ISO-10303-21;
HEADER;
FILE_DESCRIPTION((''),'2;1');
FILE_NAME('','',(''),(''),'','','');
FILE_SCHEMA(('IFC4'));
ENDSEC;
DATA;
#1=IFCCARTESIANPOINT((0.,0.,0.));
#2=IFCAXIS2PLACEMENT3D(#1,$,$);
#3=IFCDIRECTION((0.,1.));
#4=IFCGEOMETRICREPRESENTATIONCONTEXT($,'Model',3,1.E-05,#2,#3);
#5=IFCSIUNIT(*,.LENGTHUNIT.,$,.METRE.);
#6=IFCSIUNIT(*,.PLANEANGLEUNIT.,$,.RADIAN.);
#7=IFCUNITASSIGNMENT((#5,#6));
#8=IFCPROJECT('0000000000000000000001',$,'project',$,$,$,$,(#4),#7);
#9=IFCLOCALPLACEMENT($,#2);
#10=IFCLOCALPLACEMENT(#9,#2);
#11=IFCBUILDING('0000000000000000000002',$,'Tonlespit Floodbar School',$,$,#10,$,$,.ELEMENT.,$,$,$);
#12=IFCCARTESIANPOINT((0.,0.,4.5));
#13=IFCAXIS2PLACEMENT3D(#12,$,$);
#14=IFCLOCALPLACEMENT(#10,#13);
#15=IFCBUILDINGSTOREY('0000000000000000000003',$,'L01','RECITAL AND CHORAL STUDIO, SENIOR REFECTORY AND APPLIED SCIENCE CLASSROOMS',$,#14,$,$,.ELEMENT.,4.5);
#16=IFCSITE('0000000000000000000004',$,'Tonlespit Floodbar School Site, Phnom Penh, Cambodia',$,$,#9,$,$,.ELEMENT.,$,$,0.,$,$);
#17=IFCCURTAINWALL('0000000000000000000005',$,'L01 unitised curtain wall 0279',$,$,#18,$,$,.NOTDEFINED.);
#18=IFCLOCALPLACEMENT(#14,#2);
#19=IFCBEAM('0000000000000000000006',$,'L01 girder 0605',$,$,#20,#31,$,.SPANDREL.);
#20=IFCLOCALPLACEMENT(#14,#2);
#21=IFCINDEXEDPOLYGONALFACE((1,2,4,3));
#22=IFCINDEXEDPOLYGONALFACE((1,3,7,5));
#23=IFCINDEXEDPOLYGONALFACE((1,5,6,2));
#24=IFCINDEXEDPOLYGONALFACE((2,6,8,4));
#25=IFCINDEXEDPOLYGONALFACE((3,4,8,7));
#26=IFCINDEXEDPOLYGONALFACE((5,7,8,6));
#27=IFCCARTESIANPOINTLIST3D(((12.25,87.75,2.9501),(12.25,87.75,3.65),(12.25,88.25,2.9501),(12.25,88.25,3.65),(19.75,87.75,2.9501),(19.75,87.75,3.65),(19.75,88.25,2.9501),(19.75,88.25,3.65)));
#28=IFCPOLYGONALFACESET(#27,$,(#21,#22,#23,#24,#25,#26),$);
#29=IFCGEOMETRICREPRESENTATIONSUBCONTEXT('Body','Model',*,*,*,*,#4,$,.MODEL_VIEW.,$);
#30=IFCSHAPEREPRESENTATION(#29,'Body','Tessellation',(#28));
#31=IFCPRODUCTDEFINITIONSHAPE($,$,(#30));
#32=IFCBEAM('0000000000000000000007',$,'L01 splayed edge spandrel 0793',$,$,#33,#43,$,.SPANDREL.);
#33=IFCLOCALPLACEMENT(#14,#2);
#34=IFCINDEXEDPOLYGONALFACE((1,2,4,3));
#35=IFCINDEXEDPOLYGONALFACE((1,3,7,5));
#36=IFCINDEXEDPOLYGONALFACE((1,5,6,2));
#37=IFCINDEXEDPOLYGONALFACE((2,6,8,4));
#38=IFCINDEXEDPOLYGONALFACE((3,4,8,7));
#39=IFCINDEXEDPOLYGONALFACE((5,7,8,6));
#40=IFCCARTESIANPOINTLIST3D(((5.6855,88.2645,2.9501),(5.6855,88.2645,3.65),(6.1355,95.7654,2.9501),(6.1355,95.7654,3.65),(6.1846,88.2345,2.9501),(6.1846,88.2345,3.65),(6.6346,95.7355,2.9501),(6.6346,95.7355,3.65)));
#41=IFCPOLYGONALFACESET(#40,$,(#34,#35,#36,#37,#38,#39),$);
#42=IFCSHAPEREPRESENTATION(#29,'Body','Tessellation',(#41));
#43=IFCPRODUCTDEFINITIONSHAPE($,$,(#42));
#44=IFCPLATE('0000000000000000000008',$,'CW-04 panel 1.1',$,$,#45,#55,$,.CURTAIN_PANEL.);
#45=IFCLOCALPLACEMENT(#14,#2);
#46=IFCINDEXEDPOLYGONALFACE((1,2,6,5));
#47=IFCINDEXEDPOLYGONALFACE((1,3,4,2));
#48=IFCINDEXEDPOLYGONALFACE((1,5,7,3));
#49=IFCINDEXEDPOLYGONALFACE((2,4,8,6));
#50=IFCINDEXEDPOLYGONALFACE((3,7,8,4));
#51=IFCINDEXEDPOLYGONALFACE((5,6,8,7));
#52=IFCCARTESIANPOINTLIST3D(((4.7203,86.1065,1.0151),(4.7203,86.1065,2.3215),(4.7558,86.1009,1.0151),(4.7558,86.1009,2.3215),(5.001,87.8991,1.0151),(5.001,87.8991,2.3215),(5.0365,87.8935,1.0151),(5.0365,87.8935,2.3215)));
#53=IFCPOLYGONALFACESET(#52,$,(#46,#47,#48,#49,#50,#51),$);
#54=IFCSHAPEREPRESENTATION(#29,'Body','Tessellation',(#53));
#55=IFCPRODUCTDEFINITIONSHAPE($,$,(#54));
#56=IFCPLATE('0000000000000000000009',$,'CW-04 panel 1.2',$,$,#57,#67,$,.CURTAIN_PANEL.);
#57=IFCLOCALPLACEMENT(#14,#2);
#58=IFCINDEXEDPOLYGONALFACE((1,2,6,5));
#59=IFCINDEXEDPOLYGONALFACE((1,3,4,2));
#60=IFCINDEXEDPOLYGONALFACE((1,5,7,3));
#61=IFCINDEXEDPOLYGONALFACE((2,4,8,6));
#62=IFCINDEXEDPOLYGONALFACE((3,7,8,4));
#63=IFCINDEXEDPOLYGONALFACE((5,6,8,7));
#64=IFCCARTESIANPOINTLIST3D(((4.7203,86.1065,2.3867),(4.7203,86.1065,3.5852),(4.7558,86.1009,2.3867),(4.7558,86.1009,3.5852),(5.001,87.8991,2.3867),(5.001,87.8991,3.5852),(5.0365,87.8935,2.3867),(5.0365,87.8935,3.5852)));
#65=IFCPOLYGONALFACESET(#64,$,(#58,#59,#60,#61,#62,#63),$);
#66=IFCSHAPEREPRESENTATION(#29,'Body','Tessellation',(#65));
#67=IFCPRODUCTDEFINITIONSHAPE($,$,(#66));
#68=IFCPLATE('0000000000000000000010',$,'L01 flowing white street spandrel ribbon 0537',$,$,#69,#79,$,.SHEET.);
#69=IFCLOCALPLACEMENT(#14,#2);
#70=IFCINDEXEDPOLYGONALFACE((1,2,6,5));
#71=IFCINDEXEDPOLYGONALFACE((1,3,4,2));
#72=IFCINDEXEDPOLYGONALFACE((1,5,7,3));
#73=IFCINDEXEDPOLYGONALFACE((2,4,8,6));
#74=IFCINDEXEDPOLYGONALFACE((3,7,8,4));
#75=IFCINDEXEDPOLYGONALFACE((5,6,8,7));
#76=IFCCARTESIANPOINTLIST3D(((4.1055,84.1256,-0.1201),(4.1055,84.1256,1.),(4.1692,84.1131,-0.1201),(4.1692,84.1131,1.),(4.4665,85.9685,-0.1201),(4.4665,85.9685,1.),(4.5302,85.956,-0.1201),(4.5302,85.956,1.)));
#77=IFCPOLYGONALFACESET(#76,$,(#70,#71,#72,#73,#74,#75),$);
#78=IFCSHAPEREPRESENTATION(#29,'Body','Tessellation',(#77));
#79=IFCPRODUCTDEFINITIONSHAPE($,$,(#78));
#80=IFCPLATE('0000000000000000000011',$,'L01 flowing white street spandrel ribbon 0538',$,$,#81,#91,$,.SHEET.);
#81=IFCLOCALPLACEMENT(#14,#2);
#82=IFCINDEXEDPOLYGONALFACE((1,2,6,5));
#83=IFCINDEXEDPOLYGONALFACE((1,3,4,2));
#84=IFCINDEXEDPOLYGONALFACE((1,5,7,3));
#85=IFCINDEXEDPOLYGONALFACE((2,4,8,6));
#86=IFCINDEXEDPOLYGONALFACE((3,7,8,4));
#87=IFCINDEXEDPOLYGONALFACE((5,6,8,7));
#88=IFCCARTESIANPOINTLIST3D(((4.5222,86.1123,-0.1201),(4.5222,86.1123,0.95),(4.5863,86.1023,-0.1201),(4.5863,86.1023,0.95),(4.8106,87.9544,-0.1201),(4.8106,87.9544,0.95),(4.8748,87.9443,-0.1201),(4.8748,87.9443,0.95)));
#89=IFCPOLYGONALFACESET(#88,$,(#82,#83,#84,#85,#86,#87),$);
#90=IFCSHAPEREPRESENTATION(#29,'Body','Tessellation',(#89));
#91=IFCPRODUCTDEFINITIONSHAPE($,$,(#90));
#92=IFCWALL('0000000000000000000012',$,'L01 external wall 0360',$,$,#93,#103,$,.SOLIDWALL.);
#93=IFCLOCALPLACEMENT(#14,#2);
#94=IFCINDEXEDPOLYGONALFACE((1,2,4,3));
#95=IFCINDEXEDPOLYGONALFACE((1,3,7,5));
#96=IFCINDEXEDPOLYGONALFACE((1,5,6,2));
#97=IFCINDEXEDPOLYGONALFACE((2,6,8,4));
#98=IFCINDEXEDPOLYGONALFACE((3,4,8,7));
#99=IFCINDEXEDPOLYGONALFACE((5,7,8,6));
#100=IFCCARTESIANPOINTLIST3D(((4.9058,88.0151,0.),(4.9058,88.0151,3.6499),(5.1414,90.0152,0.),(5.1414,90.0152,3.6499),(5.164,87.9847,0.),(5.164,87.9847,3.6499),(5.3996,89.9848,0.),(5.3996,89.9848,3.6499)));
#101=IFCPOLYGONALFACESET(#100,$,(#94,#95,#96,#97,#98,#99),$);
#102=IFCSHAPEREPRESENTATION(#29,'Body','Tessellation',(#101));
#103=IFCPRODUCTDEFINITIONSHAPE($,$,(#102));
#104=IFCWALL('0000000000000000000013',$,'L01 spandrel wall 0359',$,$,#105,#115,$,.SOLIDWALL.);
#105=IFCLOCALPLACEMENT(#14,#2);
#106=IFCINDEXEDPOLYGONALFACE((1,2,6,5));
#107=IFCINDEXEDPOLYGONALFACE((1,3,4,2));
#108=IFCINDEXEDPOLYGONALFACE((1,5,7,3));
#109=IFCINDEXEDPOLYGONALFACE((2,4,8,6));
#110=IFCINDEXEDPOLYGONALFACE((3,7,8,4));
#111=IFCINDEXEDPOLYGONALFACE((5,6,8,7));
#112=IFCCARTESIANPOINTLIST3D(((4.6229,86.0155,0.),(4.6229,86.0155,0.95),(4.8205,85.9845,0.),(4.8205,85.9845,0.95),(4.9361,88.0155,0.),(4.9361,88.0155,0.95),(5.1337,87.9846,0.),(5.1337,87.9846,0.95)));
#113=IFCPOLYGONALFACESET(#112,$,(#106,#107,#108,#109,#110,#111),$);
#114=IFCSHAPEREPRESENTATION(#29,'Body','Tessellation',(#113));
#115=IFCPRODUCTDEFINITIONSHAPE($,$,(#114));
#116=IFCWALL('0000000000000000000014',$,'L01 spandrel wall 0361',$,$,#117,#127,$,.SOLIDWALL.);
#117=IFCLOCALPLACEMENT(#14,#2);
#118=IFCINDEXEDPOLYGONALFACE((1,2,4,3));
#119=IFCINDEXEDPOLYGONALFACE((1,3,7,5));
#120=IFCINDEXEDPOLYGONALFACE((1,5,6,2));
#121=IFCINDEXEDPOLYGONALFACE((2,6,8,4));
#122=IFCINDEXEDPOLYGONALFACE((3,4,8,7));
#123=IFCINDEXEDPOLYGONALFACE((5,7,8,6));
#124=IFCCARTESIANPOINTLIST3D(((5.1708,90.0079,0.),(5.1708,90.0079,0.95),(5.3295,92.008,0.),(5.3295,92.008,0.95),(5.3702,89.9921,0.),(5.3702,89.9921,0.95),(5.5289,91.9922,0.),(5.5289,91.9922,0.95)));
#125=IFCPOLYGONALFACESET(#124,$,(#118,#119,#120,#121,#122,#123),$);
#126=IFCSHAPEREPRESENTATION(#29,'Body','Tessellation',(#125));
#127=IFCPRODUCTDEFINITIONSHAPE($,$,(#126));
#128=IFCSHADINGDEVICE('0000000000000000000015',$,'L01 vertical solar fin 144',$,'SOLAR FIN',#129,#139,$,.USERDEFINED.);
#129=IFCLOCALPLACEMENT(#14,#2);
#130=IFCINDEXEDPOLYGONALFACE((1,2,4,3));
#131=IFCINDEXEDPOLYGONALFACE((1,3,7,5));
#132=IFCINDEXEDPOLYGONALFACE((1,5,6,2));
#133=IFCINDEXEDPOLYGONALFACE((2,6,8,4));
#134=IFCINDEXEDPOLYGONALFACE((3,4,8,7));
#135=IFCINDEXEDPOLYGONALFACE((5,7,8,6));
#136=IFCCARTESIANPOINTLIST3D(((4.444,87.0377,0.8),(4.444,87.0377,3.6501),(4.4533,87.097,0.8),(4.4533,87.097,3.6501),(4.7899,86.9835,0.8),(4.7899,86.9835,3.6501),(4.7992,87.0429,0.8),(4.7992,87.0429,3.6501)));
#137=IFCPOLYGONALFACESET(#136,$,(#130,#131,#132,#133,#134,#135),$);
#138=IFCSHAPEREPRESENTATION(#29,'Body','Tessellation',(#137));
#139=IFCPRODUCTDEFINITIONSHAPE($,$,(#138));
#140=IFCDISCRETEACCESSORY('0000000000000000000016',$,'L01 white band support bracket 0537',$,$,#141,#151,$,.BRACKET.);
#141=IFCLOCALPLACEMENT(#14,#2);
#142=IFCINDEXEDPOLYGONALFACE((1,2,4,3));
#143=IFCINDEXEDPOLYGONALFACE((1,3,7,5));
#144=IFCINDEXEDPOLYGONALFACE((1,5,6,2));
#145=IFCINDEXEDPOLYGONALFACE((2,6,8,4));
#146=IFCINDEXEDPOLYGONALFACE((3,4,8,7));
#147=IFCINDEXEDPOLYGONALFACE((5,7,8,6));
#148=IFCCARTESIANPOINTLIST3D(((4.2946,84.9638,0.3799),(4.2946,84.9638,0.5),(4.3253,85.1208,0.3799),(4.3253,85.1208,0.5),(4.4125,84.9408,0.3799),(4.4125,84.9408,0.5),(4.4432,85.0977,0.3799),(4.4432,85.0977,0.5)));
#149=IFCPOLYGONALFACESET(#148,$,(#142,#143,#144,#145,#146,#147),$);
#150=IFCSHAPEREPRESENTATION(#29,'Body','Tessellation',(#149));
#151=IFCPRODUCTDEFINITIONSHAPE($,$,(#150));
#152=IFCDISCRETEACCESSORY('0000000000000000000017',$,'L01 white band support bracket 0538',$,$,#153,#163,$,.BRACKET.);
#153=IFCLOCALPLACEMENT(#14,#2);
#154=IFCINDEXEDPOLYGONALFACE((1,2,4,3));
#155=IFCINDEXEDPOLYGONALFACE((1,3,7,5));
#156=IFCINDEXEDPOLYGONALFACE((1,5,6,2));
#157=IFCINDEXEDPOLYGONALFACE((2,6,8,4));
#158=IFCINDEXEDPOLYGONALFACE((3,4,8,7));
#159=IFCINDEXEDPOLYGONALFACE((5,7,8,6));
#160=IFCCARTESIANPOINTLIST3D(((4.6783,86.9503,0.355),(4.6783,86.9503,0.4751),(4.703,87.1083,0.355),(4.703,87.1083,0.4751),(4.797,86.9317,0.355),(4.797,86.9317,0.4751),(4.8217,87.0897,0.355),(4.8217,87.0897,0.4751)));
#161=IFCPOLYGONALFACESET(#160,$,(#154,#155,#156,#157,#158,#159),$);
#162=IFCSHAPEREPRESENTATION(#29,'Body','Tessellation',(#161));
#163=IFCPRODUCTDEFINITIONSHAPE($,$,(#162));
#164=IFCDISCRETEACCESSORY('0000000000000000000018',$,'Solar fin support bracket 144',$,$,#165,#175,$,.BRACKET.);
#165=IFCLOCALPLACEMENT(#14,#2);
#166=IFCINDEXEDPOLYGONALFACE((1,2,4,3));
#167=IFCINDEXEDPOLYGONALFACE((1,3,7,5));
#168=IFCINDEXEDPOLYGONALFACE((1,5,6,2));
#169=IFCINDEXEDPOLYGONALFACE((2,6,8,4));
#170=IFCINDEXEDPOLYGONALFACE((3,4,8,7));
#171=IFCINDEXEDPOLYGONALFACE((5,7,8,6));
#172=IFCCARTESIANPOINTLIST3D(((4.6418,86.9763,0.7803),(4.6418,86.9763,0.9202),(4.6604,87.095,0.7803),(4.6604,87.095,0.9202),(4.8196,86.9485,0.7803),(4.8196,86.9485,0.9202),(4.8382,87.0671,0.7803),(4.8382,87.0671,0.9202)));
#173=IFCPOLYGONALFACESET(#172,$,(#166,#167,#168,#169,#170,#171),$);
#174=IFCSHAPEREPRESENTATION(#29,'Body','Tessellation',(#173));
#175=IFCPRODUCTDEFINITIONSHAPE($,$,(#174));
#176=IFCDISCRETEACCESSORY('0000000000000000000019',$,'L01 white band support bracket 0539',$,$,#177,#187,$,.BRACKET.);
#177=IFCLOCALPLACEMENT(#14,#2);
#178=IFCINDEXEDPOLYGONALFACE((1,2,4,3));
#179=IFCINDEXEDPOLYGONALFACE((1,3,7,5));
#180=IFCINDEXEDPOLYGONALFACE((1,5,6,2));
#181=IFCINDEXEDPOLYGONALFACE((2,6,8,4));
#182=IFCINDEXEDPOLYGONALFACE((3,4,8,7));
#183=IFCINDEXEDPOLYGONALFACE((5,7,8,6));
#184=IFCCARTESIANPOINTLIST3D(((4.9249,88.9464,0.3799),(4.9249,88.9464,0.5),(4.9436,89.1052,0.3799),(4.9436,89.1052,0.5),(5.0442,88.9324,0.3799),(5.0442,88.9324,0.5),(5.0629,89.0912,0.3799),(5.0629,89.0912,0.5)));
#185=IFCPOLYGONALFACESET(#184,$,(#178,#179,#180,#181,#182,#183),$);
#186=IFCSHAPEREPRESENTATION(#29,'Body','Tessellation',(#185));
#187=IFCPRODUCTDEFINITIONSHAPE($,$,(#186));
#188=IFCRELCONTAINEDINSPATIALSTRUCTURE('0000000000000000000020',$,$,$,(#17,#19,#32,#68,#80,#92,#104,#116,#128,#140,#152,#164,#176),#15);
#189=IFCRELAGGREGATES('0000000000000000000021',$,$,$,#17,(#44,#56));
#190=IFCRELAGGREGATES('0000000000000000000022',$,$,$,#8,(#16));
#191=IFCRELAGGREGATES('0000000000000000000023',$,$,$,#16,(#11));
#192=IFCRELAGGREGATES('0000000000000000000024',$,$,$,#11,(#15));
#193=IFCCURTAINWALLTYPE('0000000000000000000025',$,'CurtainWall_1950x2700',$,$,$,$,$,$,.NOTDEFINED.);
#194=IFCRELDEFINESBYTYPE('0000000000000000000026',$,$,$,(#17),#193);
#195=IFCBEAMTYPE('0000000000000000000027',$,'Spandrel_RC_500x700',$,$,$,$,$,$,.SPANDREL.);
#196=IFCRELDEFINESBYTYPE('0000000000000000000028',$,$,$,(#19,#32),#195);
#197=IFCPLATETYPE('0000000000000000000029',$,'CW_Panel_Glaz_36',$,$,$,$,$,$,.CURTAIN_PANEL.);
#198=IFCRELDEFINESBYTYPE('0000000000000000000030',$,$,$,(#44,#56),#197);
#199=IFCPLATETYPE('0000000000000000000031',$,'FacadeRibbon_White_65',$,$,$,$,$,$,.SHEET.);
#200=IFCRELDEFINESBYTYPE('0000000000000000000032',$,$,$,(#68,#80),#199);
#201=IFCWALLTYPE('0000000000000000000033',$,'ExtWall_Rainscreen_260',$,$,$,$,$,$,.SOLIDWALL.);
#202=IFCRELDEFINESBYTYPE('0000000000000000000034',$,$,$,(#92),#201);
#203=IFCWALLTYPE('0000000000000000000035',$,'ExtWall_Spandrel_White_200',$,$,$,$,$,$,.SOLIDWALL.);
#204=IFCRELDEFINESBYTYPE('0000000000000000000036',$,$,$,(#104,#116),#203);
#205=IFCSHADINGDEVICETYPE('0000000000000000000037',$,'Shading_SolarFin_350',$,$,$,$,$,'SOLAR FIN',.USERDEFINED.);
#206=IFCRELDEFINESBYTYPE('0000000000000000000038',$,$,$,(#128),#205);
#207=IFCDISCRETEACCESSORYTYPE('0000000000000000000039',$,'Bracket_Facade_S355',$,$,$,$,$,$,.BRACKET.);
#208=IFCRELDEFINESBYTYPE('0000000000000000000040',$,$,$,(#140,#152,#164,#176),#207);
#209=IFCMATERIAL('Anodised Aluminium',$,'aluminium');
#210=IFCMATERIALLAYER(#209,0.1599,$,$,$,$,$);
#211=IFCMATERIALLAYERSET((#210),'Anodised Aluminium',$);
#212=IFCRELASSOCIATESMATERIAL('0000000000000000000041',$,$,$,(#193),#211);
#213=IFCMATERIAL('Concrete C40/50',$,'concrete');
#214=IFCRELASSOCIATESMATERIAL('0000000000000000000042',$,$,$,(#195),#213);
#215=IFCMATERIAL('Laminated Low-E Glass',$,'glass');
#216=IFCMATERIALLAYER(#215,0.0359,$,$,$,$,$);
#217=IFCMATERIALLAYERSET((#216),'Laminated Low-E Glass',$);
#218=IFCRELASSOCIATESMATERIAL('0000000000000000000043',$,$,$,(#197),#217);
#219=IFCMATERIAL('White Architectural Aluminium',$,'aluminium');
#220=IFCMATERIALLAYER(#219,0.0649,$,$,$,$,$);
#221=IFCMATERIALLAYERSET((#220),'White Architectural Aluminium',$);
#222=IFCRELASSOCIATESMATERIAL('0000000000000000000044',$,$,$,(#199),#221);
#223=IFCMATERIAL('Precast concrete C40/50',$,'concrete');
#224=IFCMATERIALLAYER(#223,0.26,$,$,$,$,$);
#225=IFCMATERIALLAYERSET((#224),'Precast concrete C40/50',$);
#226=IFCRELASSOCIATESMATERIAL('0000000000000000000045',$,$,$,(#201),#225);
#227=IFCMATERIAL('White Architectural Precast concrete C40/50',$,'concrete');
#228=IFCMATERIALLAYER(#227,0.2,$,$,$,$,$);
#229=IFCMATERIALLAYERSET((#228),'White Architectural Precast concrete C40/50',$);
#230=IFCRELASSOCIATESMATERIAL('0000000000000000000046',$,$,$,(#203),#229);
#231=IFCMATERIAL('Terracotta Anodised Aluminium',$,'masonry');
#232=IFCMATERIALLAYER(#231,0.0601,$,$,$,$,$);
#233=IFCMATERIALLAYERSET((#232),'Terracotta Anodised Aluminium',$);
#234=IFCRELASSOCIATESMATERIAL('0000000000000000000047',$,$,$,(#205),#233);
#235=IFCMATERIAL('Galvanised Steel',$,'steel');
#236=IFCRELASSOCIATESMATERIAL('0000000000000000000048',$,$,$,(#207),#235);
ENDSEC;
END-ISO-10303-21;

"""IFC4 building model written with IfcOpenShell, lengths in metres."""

from ifc_helpers import new_model, si_unit, direction, frame, frame_2d, origin, origin_2d, place, context, subcontext, project, spatial, rectangle, extrude, material, layer, layer_set, material_profile, profile_set, type_object, element, aggregate, save


model = new_model("IFC4")

# Units and contexts
model_context = context("Model", 3, precision=1e-05, world=origin(), true_north=direction((0.0, 1.0)))
body_context = subcontext(model_context, "Body", "Model", "MODEL_VIEW")
ifc_project = project(units=[si_unit("LENGTHUNIT", "METRE"), si_unit("PLANEANGLEUNIT", "RADIAN")], contexts=[model_context])

# Site, building, storey
site_placement = place(None, origin())
site = spatial("IfcSite", under=ifc_project, at=site_placement, Name="Tonlespit Floodbar School Site, Phnom Penh, Cambodia", CompositionType="ELEMENT", RefElevation=0.0)
building_placement = place(site_placement, origin())
building = spatial("IfcBuilding", under=site, at=building_placement, Name="Tonlespit Floodbar School", CompositionType="ELEMENT")
storey_placement = place(building_placement, frame((0.0, 0.0, 4.5)))
storey = spatial("IfcBuildingStorey", under=building, at=storey_placement, Name="L01", Description="RECITAL AND CHORAL STUDIO, SENIOR REFECTORY AND APPLIED SCIENCE CLASSROOMS", CompositionType="ELEMENT", Elevation=4.5)

# Shared definitions
ifc_material_1 = material(Name="Concrete C40/50", Category="concrete")

# Shared definitions
ifc_material_2 = material(Name="Anodised Aluminium", Category="aluminium")
ifc_layer_1 = layer(ifc_material_2, 0.1599)
ifc_layer_set_1 = layer_set([ifc_layer_1], Name="Anodised Aluminium")
curtain_wall_type = type_object("IfcCurtainWallType", Name="CurtainWall_1950x2700", PredefinedType="NOTDEFINED", material=ifc_layer_set_1)

# Curtain wall
curtain_wall_1_placement = place(storey_placement, origin())
curtain_wall_1 = element("IfcCurtainWall", 1, at=curtain_wall_1_placement, inside=storey, type_object=curtain_wall_type, Name="L01 unitised curtain wall 0279", PredefinedType="NOTDEFINED")

# Beams
ifc_material_profile_1 = material_profile(ifc_material_1, rectangle(XDim=0.5, YDim=0.7, at=origin_2d()), Name="RC 500x700")
ifc_profile_set_1 = profile_set([ifc_material_profile_1], Name="Concrete C40/50")
beam_type_1 = type_object("IfcBeamType", Name="Spandrel_RC_500x700", PredefinedType="SPANDREL", material=ifc_profile_set_1)
beam_1_placement = place(storey_placement, frame((12.25, 88.0, 3.3), z_axis=(1.0, 0.0, 0.0), x_axis=(0.0, 1.0, 0.0)))
element("IfcBeam", 2, at=beam_1_placement, inside=storey, type_object=beam_type_1, Name="L01 girder 0605", PredefinedType="SPANDREL", context=body_context, shape_type="SweptSolid", body=[
    extrude(rectangle(XDim=0.5, YDim=0.7, at=origin_2d()), origin(), (0.0, 0.0, 1.0), 7.5),
])
beam_2_placement = place(storey_placement, frame((5.9351, 88.2495, 3.3), z_axis=(0.059878, 0.998206, 0.0), x_axis=(-0.998206, 0.059878, 0.0)))
element("IfcBeam", 3, at=beam_2_placement, inside=storey, type_object=beam_type_1, Name="L01 splayed edge spandrel 0793", PredefinedType="SPANDREL", context=body_context, shape_type="SweptSolid", body=[
    extrude(rectangle(XDim=0.5, YDim=0.7, at=origin_2d()), origin(), (0.0, 0.0, 1.0), 7.5144),
])

# Plates
ifc_material_3 = material(Name="Laminated Low-E Glass", Category="glass")
ifc_layer_2 = layer(ifc_material_3, 0.0359)
ifc_layer_set_2 = layer_set([ifc_layer_2], Name="Laminated Low-E Glass")
plate_type_1 = type_object("IfcPlateType", Name="CW_Panel_Glaz_36", PredefinedType="CURTAIN_PANEL", material=ifc_layer_set_2)
plate_1_placement = place(storey_placement, frame((4.8784, 87.0, 1.0151), z_axis=(0.0, 0.0, 1.0), x_axis=(0.1547, 0.987961, 0.0)))
plate_1 = element("IfcPlate", 4, at=plate_1_placement, type_object=plate_type_1, Name="CW-04 panel 1.1", PredefinedType="CURTAIN_PANEL", context=body_context, shape_type="SweptSolid", body=[
    extrude(rectangle(XDim=1.8145, YDim=0.0359, at=origin_2d()), origin(), (0.0, 0.0, 1.0), 1.3064),
])
plate_2_placement = place(storey_placement, frame((4.8784, 87.0, 2.3867), z_axis=(0.0, 0.0, 1.0), x_axis=(0.1547, 0.987961, 0.0)))
plate_2 = element("IfcPlate", 5, at=plate_2_placement, type_object=plate_type_1, Name="CW-04 panel 1.2", PredefinedType="CURTAIN_PANEL", context=body_context, shape_type="SweptSolid", body=[
    extrude(rectangle(XDim=1.8145, YDim=0.0359, at=origin_2d()), origin(), (0.0, 0.0, 1.0), 1.1985),
])
aggregate(curtain_wall_1, [plate_1, plate_2])

# Plates
ifc_material_4 = material(Name="White Architectural Aluminium", Category="aluminium")
ifc_layer_3 = layer(ifc_material_4, 0.0649)
ifc_layer_set_3 = layer_set([ifc_layer_3], Name="White Architectural Aluminium")
plate_type_2 = type_object("IfcPlateType", Name="FacadeRibbon_White_65", PredefinedType="SHEET", material=ifc_layer_set_3)
plate_3_placement = place(storey_placement, frame((4.3179, 85.0408, -0.1201), z_axis=(0.0, 0.0, 1.0), x_axis=(0.192246, 0.981347, 0.0)))
element("IfcPlate", 6, at=plate_3_placement, inside=storey, type_object=plate_type_2, Name="L01 flowing white street spandrel ribbon 0537", PredefinedType="SHEET", context=body_context, shape_type="SweptSolid", body=[
    extrude(rectangle(XDim=1.8779, YDim=0.0649, at=origin_2d()), origin(), (0.0, 0.0, 1.0), 1.1201),
])
plate_4_placement = place(storey_placement, frame((4.6985, 87.0283, -0.1201), z_axis=(0.0, 0.0, 1.0), x_axis=(0.154714, 0.987959, 0.0)))
element("IfcPlate", 7, at=plate_4_placement, inside=storey, type_object=plate_type_2, Name="L01 flowing white street spandrel ribbon 0538", PredefinedType="SHEET", context=body_context, shape_type="SweptSolid", body=[
    extrude(rectangle(XDim=1.8645, YDim=0.0649, at=origin_2d()), origin(), (0.0, 0.0, 1.0), 1.0701),
])

# Walls
ifc_material_5 = material(Name="Precast concrete C40/50", Category="concrete")
ifc_layer_4 = layer(ifc_material_5, 0.26)
ifc_layer_set_4 = layer_set([ifc_layer_4], Name="Precast concrete C40/50")
wall_type_1 = type_object("IfcWallType", Name="ExtWall_Rainscreen_260", PredefinedType="SOLIDWALL", material=ifc_layer_set_4)
wall_1_placement = place(storey_placement, frame((5.0349, 88.0, 0.0), z_axis=(0.0, 0.0, 1.0), x_axis=(0.116989, 0.993133, 0.0)))
element("IfcWall", 8, at=wall_1_placement, inside=storey, type_object=wall_type_1, Name="L01 external wall 0360", PredefinedType="SOLIDWALL", context=body_context, shape_type="SweptSolid", body=[
    extrude(rectangle(XDim=2.0139, YDim=0.26, at=frame_2d((1.0068, 0.0))), origin(), (0.0, 0.0, 1.0), 3.6499),
])
ifc_material_6 = material(Name="White Architectural Precast concrete C40/50", Category="concrete")
ifc_layer_5 = layer(ifc_material_6, 0.2)
ifc_layer_set_5 = layer_set([ifc_layer_5], Name="White Architectural Precast concrete C40/50")
wall_type_2 = type_object("IfcWallType", Name="ExtWall_Spandrel_White_200", PredefinedType="SOLIDWALL", material=ifc_layer_set_5)
wall_2_placement = place(storey_placement, frame((4.7217, 86.0, 0.0), z_axis=(0.0, 0.0, 1.0), x_axis=(0.15473, 0.987957, 0.0)))
element("IfcWall", 9, at=wall_2_placement, inside=storey, type_object=wall_type_2, Name="L01 spandrel wall 0359", PredefinedType="SOLIDWALL", context=body_context, shape_type="SweptSolid", body=[
    extrude(rectangle(XDim=2.0244, YDim=0.2, at=frame_2d((1.0122, 0.0))), origin(), (0.0, 0.0, 1.0), 0.95),
])
wall_3_placement = place(storey_placement, frame((5.2705, 90.0, 0.0), z_axis=(0.0, 0.0, 1.0), x_axis=(0.079097, 0.996867, 0.0)))
element("IfcWall", 10, at=wall_3_placement, inside=storey, type_object=wall_type_2, Name="L01 spandrel wall 0361", PredefinedType="SOLIDWALL", context=body_context, shape_type="SweptSolid", body=[
    extrude(rectangle(XDim=2.0063, YDim=0.2, at=frame_2d((1.0032, 0.0))), origin(), (0.0, 0.0, 1.0), 0.95),
])

# Shading device
ifc_material_7 = material(Name="Terracotta Anodised Aluminium", Category="masonry")
ifc_layer_6 = layer(ifc_material_7, 0.0601)
ifc_layer_set_6 = layer_set([ifc_layer_6], Name="Terracotta Anodised Aluminium")
shading_device_type = type_object("IfcShadingDeviceType", Name="Shading_SolarFin_350", ElementType="SOLAR FIN", PredefinedType="USERDEFINED", material=ifc_layer_set_6)
shading_device_placement = place(storey_placement, frame((4.6216, 87.0403, 0.8), z_axis=(0.0, 0.0, 1.0), x_axis=(0.154714, 0.987959, 0.0)))
element("IfcShadingDevice", 11, at=shading_device_placement, inside=storey, type_object=shading_device_type, Name="L01 vertical solar fin 144", ObjectType="SOLAR FIN", PredefinedType="USERDEFINED", context=body_context, shape_type="SweptSolid", body=[
    extrude(rectangle(XDim=0.0601, YDim=0.3501, at=origin_2d()), origin(), (0.0, 0.0, 1.0), 2.8501),
])

# Discrete accessories
ifc_material_8 = material(Name="Galvanised Steel", Category="steel")
discrete_accessory_type = type_object("IfcDiscreteAccessoryType", Name="Bracket_Facade_S355", PredefinedType="BRACKET", material=ifc_material_8)
for number, where, z_axis, x_axis, name in (
    (12, (4.3689, 85.0308, 0.3799), (0.0, 0.0, 1.0), (0.192246, 0.981347, 0.0), "L01 white band support bracket 0537"),
    (13, (4.75, 87.02, 0.355), (0.0, 0.0, 1.0), (0.154714, 0.987959, 0.0), "L01 white band support bracket 0538"),
):
    element("IfcDiscreteAccessory", number, at=place(storey_placement, frame(where, z_axis=z_axis, x_axis=x_axis)), inside=storey, type_object=discrete_accessory_type, Name=name, PredefinedType="BRACKET", context=body_context, shape_type="SweptSolid", body=[
        extrude(rectangle(XDim=0.1599, YDim=0.1201, at=origin_2d()), origin(), (0.0, 0.0, 1.0), 0.1201),
    ])
discrete_accessory_1_placement = place(storey_placement, frame((4.74, 87.0217, 0.7803), z_axis=(0.0, 0.0, 1.0), x_axis=(0.154714, 0.987959, 0.0)))
element("IfcDiscreteAccessory", 14, at=discrete_accessory_1_placement, inside=storey, type_object=discrete_accessory_type, Name="Solar fin support bracket 144", PredefinedType="BRACKET", context=body_context, shape_type="SweptSolid", body=[
    extrude(rectangle(XDim=0.1201, YDim=0.1799, at=origin_2d()), origin(), (0.0, 0.0, 1.0), 0.1399),
])
discrete_accessory_2_placement = place(storey_placement, frame((4.9939, 89.0188, 0.3799), z_axis=(0.0, 0.0, 1.0), x_axis=(0.116991, 0.993133, 0.0)))
element("IfcDiscreteAccessory", 15, at=discrete_accessory_2_placement, inside=storey, type_object=discrete_accessory_type, Name="L01 white band support bracket 0539", PredefinedType="BRACKET", context=body_context, shape_type="SweptSolid", body=[
    extrude(rectangle(XDim=0.1599, YDim=0.1201, at=origin_2d()), origin(), (0.0, 0.0, 1.0), 0.1201),
])

save(model, "model.ifc")
